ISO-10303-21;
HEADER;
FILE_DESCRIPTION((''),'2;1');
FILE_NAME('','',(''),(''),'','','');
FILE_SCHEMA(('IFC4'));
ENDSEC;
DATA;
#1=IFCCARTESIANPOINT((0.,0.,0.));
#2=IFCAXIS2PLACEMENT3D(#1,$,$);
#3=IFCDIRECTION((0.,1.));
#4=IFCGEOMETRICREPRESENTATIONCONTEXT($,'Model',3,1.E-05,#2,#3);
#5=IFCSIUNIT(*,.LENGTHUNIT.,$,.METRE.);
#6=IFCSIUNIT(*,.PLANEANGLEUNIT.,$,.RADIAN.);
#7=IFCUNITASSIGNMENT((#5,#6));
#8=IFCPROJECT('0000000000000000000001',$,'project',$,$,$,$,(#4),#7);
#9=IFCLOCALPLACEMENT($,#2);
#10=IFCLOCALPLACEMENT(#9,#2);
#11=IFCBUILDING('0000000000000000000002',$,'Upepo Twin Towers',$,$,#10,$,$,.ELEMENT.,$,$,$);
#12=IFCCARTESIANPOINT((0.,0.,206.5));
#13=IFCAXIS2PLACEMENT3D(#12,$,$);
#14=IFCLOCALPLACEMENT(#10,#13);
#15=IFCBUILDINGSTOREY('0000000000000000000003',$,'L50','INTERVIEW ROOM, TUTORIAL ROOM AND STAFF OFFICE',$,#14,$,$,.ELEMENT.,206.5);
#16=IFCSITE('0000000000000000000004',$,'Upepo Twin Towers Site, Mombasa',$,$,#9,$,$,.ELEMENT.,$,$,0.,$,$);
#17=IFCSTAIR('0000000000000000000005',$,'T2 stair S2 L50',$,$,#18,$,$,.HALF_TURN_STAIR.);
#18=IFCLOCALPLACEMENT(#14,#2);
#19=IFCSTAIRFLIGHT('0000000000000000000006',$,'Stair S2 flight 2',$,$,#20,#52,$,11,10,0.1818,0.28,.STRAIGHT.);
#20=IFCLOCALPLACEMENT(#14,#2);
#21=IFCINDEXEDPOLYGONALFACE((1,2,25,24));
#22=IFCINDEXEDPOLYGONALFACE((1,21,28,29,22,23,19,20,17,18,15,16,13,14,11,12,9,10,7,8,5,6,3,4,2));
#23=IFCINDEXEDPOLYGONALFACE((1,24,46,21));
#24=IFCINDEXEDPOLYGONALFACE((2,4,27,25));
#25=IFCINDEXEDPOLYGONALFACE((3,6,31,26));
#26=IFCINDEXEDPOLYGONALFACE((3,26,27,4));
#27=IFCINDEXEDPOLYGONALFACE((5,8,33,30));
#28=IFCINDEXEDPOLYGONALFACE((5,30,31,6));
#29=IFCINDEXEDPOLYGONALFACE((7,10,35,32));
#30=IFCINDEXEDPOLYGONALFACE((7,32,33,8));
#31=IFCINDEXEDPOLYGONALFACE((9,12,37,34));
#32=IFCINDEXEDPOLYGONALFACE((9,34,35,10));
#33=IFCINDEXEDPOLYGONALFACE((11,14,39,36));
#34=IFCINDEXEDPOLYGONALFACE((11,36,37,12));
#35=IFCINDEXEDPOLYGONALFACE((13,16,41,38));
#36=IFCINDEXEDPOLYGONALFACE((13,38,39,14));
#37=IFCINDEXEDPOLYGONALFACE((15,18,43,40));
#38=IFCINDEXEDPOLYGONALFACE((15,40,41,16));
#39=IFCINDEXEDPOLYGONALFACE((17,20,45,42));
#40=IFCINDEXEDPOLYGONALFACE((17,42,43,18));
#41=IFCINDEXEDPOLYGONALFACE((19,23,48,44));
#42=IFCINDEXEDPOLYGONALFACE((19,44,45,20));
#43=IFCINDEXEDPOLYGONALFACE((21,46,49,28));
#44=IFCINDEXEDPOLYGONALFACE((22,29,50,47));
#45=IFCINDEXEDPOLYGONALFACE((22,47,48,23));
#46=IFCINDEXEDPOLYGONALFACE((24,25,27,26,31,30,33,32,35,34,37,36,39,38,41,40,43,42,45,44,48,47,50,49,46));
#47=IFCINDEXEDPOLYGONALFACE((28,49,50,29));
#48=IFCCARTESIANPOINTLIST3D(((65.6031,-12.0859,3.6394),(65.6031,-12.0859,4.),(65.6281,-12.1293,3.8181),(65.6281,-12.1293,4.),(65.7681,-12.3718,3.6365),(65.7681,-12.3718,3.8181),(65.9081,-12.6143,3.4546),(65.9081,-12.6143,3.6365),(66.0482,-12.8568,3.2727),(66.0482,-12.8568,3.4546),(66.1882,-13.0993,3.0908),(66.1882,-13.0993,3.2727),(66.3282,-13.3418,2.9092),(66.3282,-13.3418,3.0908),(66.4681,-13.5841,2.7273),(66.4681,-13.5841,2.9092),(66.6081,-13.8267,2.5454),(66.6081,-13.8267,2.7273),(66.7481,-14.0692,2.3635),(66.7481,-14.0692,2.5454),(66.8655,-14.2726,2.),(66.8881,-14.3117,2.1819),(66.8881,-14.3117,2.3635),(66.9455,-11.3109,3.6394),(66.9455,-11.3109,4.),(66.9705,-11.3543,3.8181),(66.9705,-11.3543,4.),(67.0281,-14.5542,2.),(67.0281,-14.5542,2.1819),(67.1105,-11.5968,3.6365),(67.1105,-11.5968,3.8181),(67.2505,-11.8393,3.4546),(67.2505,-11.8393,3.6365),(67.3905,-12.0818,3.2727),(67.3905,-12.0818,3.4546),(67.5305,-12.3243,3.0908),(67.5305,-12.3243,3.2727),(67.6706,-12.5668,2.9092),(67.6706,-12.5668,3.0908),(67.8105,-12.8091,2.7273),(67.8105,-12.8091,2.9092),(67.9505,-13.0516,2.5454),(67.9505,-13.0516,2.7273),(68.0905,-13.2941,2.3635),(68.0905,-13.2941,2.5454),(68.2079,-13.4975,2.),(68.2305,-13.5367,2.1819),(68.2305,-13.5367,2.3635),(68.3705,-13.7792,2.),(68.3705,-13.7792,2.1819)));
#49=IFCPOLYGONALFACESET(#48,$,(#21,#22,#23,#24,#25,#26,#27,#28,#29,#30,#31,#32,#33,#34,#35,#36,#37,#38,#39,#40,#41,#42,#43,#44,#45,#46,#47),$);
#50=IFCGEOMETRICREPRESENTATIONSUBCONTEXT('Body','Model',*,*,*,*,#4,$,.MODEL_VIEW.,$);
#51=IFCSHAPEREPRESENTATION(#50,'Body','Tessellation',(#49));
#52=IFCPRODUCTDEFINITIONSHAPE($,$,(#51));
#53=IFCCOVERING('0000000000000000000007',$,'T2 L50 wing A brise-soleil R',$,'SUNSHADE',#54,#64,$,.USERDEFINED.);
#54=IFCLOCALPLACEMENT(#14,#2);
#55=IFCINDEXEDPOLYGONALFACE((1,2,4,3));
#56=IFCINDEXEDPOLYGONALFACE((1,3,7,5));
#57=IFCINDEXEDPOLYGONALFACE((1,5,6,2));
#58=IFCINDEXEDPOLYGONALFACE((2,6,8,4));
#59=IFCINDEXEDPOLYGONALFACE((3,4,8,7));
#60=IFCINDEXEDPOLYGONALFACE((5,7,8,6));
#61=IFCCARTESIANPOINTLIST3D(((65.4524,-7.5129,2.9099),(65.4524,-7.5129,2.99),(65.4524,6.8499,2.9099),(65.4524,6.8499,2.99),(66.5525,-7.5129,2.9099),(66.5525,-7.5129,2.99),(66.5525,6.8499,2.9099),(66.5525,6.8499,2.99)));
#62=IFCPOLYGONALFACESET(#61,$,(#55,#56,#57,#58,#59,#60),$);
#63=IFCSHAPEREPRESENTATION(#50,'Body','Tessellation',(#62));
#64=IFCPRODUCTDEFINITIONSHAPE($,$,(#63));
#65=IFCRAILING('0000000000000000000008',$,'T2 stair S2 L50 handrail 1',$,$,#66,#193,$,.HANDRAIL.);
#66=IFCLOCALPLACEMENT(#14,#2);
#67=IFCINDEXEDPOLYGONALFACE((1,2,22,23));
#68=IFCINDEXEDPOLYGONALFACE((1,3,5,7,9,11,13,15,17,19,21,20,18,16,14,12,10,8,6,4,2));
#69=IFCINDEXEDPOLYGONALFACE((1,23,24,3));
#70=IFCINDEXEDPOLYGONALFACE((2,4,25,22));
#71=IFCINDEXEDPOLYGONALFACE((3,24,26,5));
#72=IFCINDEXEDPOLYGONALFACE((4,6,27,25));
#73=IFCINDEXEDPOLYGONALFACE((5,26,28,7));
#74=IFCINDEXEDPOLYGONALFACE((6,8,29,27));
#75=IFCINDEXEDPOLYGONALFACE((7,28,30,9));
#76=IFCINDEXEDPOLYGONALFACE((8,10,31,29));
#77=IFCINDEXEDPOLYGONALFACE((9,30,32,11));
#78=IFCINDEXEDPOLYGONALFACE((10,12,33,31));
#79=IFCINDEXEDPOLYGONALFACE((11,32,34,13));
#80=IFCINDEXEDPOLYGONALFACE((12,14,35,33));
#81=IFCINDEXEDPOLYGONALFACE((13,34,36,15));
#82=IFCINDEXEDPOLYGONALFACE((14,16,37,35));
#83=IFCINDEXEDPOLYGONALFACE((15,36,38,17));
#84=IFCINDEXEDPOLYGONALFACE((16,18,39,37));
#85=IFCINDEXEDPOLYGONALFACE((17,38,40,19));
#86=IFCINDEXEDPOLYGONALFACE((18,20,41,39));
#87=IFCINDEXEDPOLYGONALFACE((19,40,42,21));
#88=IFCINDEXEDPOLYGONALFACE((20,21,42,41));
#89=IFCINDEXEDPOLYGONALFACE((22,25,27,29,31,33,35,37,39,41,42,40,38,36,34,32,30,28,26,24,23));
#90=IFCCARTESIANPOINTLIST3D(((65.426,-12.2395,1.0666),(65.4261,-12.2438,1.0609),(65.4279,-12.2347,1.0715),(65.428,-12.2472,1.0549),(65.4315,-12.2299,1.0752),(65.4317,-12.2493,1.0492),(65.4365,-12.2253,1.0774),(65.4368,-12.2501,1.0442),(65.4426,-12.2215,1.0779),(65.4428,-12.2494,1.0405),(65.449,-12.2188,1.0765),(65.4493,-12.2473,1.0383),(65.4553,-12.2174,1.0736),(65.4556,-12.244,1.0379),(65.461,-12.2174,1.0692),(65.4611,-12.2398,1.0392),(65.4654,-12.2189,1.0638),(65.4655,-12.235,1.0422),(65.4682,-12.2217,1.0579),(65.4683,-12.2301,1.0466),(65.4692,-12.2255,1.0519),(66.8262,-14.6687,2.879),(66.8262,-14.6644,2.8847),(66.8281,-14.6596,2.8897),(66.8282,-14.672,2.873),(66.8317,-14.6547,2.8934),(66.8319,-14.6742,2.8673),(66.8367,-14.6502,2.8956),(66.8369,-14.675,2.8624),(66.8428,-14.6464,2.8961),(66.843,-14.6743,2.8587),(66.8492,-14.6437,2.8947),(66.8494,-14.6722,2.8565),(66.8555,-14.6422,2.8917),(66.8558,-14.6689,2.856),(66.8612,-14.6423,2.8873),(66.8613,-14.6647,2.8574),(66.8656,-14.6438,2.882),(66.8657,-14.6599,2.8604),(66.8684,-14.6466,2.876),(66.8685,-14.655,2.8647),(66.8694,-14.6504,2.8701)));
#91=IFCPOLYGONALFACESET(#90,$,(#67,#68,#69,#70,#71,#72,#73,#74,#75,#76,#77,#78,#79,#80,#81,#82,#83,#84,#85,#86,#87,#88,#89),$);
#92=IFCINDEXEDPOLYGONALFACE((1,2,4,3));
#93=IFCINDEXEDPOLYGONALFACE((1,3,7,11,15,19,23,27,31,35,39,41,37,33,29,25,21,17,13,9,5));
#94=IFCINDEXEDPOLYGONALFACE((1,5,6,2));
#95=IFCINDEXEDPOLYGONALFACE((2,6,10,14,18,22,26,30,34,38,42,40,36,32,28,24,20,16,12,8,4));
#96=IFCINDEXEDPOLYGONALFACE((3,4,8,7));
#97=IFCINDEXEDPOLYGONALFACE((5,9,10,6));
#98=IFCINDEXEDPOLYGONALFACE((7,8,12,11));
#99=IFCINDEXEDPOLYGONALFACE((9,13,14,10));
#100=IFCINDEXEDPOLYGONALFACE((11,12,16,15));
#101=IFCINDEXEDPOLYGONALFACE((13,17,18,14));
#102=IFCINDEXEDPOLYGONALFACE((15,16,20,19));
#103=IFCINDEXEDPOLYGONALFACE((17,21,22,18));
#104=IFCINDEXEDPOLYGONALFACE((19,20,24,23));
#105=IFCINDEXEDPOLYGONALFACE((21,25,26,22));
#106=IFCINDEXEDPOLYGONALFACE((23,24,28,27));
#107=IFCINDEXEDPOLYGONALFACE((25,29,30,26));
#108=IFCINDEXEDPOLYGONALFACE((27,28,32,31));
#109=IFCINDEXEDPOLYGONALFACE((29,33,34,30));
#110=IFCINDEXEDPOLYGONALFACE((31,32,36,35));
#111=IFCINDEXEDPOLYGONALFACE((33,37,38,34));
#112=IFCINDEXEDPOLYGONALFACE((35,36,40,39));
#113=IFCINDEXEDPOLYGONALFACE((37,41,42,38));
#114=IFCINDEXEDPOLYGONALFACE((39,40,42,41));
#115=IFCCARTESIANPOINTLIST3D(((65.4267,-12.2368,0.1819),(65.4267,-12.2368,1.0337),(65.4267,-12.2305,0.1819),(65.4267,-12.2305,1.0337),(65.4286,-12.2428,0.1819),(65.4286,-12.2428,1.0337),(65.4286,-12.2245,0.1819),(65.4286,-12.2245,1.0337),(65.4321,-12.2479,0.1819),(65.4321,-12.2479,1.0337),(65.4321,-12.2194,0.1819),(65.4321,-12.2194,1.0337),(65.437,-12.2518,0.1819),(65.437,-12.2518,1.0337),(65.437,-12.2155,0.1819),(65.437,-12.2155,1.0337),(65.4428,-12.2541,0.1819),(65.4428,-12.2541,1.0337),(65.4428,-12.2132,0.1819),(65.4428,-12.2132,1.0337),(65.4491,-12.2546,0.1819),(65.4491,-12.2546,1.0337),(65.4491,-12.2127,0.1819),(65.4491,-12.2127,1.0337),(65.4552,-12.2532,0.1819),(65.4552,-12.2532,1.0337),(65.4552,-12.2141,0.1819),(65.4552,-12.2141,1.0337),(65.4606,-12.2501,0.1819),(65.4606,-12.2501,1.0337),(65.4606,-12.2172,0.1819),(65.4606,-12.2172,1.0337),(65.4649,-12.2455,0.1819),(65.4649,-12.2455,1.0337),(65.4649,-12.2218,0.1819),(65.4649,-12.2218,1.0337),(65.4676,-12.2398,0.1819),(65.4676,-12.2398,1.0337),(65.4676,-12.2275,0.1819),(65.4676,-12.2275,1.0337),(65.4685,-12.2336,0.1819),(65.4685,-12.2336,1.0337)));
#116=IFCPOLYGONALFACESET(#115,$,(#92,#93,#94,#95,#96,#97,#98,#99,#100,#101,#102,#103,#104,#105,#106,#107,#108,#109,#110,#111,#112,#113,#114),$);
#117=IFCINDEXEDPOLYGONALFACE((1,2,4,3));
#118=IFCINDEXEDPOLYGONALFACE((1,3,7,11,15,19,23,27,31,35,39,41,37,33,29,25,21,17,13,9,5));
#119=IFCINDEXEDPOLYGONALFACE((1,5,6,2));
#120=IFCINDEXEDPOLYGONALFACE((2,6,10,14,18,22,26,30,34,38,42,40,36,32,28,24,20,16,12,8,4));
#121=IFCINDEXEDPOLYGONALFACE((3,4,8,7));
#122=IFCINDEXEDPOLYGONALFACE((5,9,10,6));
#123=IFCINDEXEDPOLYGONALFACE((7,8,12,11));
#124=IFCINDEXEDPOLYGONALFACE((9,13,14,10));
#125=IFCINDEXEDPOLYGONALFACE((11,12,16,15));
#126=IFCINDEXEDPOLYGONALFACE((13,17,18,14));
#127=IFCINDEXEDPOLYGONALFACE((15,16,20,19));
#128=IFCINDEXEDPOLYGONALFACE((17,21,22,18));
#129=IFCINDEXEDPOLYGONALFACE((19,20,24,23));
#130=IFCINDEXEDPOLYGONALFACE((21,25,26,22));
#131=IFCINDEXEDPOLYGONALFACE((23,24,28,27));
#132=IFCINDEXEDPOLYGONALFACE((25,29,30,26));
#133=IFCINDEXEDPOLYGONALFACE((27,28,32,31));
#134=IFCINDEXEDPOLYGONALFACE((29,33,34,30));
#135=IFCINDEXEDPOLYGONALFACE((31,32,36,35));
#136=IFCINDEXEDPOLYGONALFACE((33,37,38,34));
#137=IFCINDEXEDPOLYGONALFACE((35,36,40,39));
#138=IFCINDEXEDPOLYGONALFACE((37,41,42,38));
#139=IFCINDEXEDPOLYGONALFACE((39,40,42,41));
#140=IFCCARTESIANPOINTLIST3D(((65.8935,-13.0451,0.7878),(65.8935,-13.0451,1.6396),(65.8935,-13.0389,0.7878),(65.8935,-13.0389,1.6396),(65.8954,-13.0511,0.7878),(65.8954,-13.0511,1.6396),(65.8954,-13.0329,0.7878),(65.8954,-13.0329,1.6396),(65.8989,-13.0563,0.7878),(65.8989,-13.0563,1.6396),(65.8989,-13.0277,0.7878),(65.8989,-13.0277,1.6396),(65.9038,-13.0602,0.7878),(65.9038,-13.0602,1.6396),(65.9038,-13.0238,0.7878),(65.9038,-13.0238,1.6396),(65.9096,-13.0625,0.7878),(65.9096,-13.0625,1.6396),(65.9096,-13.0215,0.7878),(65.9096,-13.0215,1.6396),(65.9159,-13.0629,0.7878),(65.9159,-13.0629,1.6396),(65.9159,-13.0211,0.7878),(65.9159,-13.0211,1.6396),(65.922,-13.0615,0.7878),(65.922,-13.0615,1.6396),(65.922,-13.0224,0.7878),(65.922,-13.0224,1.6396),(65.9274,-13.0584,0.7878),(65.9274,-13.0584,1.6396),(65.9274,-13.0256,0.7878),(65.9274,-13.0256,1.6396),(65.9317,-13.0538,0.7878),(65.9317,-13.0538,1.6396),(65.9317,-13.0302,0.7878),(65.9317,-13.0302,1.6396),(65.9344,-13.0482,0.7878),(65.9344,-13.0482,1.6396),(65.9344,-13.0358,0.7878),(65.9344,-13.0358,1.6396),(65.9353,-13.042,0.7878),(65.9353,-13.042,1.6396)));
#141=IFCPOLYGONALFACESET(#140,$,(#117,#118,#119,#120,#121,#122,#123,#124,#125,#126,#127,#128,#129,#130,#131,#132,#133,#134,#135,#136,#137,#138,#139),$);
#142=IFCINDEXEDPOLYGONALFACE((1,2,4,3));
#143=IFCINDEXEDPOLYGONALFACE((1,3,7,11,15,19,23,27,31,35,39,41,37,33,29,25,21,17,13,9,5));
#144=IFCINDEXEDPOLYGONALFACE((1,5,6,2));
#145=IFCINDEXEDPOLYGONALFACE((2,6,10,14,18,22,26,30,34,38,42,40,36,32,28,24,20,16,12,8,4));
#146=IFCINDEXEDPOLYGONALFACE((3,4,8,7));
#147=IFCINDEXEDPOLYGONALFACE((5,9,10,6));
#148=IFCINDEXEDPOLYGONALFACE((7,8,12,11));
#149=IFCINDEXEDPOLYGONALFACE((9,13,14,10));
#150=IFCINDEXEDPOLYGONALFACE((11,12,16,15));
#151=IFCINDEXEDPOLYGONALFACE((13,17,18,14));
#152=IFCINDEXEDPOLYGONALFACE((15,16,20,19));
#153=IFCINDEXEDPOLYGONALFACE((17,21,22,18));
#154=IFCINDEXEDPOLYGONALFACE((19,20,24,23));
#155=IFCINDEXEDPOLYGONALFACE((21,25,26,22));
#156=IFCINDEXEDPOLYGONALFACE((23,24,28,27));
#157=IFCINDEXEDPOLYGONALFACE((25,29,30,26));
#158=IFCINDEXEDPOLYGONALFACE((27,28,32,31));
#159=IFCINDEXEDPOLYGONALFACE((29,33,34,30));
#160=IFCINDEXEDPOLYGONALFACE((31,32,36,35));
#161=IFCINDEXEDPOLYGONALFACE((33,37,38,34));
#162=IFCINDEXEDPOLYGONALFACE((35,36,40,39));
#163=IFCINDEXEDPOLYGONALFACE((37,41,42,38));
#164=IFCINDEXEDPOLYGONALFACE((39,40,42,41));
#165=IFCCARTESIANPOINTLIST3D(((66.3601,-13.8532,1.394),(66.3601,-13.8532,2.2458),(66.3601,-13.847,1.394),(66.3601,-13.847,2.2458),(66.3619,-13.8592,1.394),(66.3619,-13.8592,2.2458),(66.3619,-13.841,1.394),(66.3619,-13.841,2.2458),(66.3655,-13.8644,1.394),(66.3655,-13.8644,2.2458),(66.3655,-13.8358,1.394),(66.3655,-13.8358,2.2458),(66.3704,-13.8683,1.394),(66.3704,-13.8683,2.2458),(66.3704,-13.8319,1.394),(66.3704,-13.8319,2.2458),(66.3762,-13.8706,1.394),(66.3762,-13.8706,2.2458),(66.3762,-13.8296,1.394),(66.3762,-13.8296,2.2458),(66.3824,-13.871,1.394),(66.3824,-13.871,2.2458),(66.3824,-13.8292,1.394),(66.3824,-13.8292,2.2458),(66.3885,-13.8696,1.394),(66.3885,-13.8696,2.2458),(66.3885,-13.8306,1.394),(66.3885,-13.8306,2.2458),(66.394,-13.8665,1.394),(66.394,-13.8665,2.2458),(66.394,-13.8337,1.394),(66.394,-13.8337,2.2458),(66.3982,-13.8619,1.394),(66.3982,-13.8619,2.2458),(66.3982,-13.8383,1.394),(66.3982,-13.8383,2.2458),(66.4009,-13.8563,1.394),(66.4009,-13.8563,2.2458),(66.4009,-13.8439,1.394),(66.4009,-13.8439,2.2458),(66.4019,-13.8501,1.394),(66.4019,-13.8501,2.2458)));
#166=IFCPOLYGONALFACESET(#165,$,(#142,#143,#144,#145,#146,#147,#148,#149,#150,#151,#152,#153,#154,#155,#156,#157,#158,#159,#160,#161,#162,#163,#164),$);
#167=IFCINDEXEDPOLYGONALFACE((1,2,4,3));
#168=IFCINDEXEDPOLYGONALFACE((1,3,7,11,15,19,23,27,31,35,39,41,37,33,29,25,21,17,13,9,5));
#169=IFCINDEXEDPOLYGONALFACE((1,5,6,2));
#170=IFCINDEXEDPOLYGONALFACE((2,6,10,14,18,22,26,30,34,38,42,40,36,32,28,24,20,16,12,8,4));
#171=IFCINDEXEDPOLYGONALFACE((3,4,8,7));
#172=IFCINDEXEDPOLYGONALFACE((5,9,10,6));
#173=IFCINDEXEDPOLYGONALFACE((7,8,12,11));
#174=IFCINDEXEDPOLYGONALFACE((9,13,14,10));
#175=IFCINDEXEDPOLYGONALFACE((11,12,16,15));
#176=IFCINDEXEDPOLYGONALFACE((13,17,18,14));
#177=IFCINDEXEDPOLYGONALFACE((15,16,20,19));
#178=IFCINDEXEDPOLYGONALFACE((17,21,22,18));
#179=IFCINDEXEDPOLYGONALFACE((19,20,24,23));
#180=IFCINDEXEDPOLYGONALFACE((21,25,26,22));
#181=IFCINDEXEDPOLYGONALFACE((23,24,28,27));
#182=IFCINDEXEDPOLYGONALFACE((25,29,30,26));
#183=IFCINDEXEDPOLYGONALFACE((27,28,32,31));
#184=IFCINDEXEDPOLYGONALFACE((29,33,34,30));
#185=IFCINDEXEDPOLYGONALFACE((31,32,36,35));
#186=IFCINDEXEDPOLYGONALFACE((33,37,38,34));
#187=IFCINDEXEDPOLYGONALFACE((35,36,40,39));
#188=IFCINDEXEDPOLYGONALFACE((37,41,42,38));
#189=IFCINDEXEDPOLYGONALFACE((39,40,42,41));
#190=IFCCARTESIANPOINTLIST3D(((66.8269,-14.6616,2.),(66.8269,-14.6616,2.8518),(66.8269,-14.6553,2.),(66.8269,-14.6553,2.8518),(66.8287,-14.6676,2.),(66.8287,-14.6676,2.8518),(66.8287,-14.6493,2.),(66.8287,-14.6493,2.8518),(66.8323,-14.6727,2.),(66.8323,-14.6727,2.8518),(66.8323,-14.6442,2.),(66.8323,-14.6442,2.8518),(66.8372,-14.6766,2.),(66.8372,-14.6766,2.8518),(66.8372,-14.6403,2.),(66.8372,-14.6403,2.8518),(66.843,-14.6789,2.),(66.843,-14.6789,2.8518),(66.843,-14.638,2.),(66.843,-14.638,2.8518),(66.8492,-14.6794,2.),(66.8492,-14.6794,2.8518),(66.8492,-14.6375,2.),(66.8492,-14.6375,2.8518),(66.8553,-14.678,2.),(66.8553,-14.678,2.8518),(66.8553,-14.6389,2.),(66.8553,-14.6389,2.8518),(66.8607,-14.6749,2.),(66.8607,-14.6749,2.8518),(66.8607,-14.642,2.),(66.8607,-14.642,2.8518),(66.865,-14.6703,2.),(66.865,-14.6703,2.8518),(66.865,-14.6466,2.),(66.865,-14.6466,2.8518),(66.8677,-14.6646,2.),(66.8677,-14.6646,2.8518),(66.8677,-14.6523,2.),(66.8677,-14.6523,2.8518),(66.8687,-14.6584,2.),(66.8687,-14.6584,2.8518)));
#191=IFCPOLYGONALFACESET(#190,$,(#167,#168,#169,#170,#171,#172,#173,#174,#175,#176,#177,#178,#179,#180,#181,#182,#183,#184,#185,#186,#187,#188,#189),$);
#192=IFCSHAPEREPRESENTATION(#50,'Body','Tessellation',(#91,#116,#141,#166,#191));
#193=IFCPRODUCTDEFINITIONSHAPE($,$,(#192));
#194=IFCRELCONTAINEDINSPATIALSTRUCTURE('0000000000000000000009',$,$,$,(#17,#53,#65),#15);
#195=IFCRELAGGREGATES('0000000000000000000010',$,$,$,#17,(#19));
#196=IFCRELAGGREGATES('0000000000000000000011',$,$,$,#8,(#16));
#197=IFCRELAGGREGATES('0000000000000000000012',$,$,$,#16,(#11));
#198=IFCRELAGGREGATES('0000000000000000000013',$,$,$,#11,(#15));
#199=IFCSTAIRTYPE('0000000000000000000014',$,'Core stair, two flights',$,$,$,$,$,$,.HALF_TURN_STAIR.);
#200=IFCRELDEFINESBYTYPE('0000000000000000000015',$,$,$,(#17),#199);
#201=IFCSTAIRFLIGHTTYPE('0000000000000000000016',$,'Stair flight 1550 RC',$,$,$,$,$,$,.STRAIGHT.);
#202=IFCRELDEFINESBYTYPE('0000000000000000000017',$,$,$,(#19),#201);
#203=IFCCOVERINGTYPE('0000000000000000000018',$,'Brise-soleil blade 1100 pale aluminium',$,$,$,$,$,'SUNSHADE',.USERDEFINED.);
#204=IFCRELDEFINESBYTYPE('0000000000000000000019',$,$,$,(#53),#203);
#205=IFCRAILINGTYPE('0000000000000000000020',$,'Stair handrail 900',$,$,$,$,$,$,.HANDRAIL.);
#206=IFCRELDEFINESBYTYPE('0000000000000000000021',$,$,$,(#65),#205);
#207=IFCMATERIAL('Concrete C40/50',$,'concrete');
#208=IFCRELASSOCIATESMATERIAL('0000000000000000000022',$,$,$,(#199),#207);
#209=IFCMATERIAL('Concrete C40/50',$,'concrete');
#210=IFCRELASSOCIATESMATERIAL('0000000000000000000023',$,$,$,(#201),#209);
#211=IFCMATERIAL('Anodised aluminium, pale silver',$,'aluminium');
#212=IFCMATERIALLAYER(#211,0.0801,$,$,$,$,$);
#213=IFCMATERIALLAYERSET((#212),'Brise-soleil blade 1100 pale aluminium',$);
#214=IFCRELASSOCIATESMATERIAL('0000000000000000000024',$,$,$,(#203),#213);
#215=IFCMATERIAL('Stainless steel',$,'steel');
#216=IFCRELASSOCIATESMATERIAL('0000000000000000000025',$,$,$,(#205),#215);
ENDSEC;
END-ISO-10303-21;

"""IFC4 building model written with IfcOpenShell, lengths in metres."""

from ifc_helpers import new_model, si_unit, direction, frame, origin, origin_2d, place, context, subcontext, project, spatial, polyline, rectangle, circle, outline, extrude, material, layer, layer_set, type_object, element, aggregate, save


model = new_model("IFC4")

# Units and contexts
model_context = context("Model", 3, precision=1e-05, world=origin(), true_north=direction((0.0, 1.0)))
body_context = subcontext(model_context, "Body", "Model", "MODEL_VIEW")
ifc_project = project(units=[si_unit("LENGTHUNIT", "METRE"), si_unit("PLANEANGLEUNIT", "RADIAN")], contexts=[model_context])

# Site, building, storey
site_placement = place(None, origin())
site = spatial("IfcSite", under=ifc_project, at=site_placement, Name="Upepo Twin Towers Site, Mombasa", CompositionType="ELEMENT", RefElevation=0.0)
building_placement = place(site_placement, origin())
building = spatial("IfcBuilding", under=site, at=building_placement, Name="Upepo Twin Towers", CompositionType="ELEMENT")
storey_placement = place(building_placement, frame((0.0, 0.0, 206.5)))
storey = spatial("IfcBuildingStorey", under=building, at=storey_placement, Name="L50", Description="INTERVIEW ROOM, TUTORIAL ROOM AND STAFF OFFICE", CompositionType="ELEMENT", Elevation=206.5)

# Stair, stair flight
ifc_material_1 = material(Name="Concrete C40/50", Category="concrete")
stair_type = type_object("IfcStairType", Name="Core stair, two flights", PredefinedType="HALF_TURN_STAIR", material=ifc_material_1)
stair_placement = place(storey_placement, origin())
stair = element("IfcStair", 1, at=stair_placement, inside=storey, type_object=stair_type, Name="T2 stair S2 L50", PredefinedType="HALF_TURN_STAIR")
ifc_material_2 = material(Name="Concrete C40/50", Category="concrete")
stair_flight_type = type_object("IfcStairFlightType", Name="Stair flight 1550 RC", PredefinedType="STRAIGHT", material=ifc_material_2)
stair_flight_1_placement = place(storey_placement, frame((67.6992, -14.1667, 2.0), z_axis=(0.0, 0.0, 1.0), x_axis=(-0.5, 0.866025, 0.0)))
stair_flight_1 = element("IfcStairFlight", 2, at=stair_flight_1_placement, type_object=stair_flight_type, Name="Stair S2 flight 2", NumberOfRisers=11, NumberOfTreads=10, PredefinedType="STRAIGHT", RiserHeight=0.1818, TreadLength=0.28, context=body_context, shape_type="SweptSolid", body=[
    extrude(outline(polyline([(0.0, 0.0), (0.0, 0.1819), (0.28, 0.1819), (0.28, 0.3635), (0.5601, 0.3635), (0.5601, 0.5454), (0.8401, 0.5454), (0.8401, 0.7273), (1.1201, 0.7273), (1.1201, 0.9092), (1.3999, 0.9092), (1.3999, 1.0908), (1.6799, 1.0908), (1.6799, 1.2727), (1.96, 1.2727), (1.96, 1.4546), (2.24, 1.4546), (2.24, 1.6365), (2.52, 1.6365), (2.52, 1.8181), (2.8, 1.8181), (2.8, 2.0), (2.8501, 2.0), (2.8501, 1.6394), (0.3252, 0.0), (0.0, 0.0)])), frame((0.0, 0.7749, 0.0), z_axis=(0.0, -1.0, 0.0), x_axis=(1.0, 0.0, 0.0)), (0.0, 0.0, 1.0), 1.55),
])
aggregate(stair, [stair_flight_1])

# Covering
ifc_material_3 = material(Name="Anodised aluminium, pale silver", Category="aluminium")
ifc_layer_1 = layer(ifc_material_3, 0.0801)
ifc_layer_set_1 = layer_set([ifc_layer_1], Name="Brise-soleil blade 1100 pale aluminium")
covering_type = type_object("IfcCoveringType", Name="Brise-soleil blade 1100 pale aluminium", ElementType="SUNSHADE", PredefinedType="USERDEFINED", material=ifc_layer_set_1)
covering_placement = place(storey_placement, frame((66.0024, -0.3315, 2.9099), z_axis=(0.0, 0.0, 1.0), x_axis=(0.0, 1.0, 0.0)))
element("IfcCovering", 3, at=covering_placement, inside=storey, type_object=covering_type, Name="T2 L50 wing A brise-soleil R", ObjectType="SUNSHADE", PredefinedType="USERDEFINED", context=body_context, shape_type="SweptSolid", body=[
    extrude(rectangle(XDim=14.3628, YDim=1.1001, at=origin_2d()), origin(), (0.0, 0.0, 1.0), 0.0801),
])

# Railing
ifc_material_4 = material(Name="Stainless steel", Category="steel")
railing_type = type_object("IfcRailingType", Name="Stair handrail 900", PredefinedType="HANDRAIL", material=ifc_material_4)
railing_1_placement = place(storey_placement, frame((65.4475, -12.2336, 0.1819)))
element("IfcRailing", 4, at=railing_1_placement, inside=storey, type_object=railing_type, Name="T2 stair S2 L50 handrail 1", PredefinedType="HANDRAIL", context=body_context, shape_type="SweptSolid", body=[
    extrude(circle(Radius=0.0239, at=origin_2d()), frame((0.0, 0.0, 0.876), z_axis=(0.419393, -0.726314, 0.544589), x_axis=(0.865997, 0.50005, 0.0)), (0.0, 0.0, 1.0), 3.3386),
    extrude(circle(Radius=0.021, at=origin_2d()), origin(), (0.0, 0.0, 1.0), 0.8518),
    extrude(circle(Radius=0.021, at=origin_2d()), frame((0.4668, -0.8083, 0.606)), (0.0, 0.0, 1.0), 0.8518),
    extrude(circle(Radius=0.021, at=origin_2d()), frame((0.9333, -1.6165, 1.2122)), (0.0, 0.0, 1.0), 0.8518),
    extrude(circle(Radius=0.021, at=origin_2d()), frame((1.4001, -2.4248, 1.8181)), (0.0, 0.0, 1.0), 0.8518),
])

save(model, "model.ifc")
